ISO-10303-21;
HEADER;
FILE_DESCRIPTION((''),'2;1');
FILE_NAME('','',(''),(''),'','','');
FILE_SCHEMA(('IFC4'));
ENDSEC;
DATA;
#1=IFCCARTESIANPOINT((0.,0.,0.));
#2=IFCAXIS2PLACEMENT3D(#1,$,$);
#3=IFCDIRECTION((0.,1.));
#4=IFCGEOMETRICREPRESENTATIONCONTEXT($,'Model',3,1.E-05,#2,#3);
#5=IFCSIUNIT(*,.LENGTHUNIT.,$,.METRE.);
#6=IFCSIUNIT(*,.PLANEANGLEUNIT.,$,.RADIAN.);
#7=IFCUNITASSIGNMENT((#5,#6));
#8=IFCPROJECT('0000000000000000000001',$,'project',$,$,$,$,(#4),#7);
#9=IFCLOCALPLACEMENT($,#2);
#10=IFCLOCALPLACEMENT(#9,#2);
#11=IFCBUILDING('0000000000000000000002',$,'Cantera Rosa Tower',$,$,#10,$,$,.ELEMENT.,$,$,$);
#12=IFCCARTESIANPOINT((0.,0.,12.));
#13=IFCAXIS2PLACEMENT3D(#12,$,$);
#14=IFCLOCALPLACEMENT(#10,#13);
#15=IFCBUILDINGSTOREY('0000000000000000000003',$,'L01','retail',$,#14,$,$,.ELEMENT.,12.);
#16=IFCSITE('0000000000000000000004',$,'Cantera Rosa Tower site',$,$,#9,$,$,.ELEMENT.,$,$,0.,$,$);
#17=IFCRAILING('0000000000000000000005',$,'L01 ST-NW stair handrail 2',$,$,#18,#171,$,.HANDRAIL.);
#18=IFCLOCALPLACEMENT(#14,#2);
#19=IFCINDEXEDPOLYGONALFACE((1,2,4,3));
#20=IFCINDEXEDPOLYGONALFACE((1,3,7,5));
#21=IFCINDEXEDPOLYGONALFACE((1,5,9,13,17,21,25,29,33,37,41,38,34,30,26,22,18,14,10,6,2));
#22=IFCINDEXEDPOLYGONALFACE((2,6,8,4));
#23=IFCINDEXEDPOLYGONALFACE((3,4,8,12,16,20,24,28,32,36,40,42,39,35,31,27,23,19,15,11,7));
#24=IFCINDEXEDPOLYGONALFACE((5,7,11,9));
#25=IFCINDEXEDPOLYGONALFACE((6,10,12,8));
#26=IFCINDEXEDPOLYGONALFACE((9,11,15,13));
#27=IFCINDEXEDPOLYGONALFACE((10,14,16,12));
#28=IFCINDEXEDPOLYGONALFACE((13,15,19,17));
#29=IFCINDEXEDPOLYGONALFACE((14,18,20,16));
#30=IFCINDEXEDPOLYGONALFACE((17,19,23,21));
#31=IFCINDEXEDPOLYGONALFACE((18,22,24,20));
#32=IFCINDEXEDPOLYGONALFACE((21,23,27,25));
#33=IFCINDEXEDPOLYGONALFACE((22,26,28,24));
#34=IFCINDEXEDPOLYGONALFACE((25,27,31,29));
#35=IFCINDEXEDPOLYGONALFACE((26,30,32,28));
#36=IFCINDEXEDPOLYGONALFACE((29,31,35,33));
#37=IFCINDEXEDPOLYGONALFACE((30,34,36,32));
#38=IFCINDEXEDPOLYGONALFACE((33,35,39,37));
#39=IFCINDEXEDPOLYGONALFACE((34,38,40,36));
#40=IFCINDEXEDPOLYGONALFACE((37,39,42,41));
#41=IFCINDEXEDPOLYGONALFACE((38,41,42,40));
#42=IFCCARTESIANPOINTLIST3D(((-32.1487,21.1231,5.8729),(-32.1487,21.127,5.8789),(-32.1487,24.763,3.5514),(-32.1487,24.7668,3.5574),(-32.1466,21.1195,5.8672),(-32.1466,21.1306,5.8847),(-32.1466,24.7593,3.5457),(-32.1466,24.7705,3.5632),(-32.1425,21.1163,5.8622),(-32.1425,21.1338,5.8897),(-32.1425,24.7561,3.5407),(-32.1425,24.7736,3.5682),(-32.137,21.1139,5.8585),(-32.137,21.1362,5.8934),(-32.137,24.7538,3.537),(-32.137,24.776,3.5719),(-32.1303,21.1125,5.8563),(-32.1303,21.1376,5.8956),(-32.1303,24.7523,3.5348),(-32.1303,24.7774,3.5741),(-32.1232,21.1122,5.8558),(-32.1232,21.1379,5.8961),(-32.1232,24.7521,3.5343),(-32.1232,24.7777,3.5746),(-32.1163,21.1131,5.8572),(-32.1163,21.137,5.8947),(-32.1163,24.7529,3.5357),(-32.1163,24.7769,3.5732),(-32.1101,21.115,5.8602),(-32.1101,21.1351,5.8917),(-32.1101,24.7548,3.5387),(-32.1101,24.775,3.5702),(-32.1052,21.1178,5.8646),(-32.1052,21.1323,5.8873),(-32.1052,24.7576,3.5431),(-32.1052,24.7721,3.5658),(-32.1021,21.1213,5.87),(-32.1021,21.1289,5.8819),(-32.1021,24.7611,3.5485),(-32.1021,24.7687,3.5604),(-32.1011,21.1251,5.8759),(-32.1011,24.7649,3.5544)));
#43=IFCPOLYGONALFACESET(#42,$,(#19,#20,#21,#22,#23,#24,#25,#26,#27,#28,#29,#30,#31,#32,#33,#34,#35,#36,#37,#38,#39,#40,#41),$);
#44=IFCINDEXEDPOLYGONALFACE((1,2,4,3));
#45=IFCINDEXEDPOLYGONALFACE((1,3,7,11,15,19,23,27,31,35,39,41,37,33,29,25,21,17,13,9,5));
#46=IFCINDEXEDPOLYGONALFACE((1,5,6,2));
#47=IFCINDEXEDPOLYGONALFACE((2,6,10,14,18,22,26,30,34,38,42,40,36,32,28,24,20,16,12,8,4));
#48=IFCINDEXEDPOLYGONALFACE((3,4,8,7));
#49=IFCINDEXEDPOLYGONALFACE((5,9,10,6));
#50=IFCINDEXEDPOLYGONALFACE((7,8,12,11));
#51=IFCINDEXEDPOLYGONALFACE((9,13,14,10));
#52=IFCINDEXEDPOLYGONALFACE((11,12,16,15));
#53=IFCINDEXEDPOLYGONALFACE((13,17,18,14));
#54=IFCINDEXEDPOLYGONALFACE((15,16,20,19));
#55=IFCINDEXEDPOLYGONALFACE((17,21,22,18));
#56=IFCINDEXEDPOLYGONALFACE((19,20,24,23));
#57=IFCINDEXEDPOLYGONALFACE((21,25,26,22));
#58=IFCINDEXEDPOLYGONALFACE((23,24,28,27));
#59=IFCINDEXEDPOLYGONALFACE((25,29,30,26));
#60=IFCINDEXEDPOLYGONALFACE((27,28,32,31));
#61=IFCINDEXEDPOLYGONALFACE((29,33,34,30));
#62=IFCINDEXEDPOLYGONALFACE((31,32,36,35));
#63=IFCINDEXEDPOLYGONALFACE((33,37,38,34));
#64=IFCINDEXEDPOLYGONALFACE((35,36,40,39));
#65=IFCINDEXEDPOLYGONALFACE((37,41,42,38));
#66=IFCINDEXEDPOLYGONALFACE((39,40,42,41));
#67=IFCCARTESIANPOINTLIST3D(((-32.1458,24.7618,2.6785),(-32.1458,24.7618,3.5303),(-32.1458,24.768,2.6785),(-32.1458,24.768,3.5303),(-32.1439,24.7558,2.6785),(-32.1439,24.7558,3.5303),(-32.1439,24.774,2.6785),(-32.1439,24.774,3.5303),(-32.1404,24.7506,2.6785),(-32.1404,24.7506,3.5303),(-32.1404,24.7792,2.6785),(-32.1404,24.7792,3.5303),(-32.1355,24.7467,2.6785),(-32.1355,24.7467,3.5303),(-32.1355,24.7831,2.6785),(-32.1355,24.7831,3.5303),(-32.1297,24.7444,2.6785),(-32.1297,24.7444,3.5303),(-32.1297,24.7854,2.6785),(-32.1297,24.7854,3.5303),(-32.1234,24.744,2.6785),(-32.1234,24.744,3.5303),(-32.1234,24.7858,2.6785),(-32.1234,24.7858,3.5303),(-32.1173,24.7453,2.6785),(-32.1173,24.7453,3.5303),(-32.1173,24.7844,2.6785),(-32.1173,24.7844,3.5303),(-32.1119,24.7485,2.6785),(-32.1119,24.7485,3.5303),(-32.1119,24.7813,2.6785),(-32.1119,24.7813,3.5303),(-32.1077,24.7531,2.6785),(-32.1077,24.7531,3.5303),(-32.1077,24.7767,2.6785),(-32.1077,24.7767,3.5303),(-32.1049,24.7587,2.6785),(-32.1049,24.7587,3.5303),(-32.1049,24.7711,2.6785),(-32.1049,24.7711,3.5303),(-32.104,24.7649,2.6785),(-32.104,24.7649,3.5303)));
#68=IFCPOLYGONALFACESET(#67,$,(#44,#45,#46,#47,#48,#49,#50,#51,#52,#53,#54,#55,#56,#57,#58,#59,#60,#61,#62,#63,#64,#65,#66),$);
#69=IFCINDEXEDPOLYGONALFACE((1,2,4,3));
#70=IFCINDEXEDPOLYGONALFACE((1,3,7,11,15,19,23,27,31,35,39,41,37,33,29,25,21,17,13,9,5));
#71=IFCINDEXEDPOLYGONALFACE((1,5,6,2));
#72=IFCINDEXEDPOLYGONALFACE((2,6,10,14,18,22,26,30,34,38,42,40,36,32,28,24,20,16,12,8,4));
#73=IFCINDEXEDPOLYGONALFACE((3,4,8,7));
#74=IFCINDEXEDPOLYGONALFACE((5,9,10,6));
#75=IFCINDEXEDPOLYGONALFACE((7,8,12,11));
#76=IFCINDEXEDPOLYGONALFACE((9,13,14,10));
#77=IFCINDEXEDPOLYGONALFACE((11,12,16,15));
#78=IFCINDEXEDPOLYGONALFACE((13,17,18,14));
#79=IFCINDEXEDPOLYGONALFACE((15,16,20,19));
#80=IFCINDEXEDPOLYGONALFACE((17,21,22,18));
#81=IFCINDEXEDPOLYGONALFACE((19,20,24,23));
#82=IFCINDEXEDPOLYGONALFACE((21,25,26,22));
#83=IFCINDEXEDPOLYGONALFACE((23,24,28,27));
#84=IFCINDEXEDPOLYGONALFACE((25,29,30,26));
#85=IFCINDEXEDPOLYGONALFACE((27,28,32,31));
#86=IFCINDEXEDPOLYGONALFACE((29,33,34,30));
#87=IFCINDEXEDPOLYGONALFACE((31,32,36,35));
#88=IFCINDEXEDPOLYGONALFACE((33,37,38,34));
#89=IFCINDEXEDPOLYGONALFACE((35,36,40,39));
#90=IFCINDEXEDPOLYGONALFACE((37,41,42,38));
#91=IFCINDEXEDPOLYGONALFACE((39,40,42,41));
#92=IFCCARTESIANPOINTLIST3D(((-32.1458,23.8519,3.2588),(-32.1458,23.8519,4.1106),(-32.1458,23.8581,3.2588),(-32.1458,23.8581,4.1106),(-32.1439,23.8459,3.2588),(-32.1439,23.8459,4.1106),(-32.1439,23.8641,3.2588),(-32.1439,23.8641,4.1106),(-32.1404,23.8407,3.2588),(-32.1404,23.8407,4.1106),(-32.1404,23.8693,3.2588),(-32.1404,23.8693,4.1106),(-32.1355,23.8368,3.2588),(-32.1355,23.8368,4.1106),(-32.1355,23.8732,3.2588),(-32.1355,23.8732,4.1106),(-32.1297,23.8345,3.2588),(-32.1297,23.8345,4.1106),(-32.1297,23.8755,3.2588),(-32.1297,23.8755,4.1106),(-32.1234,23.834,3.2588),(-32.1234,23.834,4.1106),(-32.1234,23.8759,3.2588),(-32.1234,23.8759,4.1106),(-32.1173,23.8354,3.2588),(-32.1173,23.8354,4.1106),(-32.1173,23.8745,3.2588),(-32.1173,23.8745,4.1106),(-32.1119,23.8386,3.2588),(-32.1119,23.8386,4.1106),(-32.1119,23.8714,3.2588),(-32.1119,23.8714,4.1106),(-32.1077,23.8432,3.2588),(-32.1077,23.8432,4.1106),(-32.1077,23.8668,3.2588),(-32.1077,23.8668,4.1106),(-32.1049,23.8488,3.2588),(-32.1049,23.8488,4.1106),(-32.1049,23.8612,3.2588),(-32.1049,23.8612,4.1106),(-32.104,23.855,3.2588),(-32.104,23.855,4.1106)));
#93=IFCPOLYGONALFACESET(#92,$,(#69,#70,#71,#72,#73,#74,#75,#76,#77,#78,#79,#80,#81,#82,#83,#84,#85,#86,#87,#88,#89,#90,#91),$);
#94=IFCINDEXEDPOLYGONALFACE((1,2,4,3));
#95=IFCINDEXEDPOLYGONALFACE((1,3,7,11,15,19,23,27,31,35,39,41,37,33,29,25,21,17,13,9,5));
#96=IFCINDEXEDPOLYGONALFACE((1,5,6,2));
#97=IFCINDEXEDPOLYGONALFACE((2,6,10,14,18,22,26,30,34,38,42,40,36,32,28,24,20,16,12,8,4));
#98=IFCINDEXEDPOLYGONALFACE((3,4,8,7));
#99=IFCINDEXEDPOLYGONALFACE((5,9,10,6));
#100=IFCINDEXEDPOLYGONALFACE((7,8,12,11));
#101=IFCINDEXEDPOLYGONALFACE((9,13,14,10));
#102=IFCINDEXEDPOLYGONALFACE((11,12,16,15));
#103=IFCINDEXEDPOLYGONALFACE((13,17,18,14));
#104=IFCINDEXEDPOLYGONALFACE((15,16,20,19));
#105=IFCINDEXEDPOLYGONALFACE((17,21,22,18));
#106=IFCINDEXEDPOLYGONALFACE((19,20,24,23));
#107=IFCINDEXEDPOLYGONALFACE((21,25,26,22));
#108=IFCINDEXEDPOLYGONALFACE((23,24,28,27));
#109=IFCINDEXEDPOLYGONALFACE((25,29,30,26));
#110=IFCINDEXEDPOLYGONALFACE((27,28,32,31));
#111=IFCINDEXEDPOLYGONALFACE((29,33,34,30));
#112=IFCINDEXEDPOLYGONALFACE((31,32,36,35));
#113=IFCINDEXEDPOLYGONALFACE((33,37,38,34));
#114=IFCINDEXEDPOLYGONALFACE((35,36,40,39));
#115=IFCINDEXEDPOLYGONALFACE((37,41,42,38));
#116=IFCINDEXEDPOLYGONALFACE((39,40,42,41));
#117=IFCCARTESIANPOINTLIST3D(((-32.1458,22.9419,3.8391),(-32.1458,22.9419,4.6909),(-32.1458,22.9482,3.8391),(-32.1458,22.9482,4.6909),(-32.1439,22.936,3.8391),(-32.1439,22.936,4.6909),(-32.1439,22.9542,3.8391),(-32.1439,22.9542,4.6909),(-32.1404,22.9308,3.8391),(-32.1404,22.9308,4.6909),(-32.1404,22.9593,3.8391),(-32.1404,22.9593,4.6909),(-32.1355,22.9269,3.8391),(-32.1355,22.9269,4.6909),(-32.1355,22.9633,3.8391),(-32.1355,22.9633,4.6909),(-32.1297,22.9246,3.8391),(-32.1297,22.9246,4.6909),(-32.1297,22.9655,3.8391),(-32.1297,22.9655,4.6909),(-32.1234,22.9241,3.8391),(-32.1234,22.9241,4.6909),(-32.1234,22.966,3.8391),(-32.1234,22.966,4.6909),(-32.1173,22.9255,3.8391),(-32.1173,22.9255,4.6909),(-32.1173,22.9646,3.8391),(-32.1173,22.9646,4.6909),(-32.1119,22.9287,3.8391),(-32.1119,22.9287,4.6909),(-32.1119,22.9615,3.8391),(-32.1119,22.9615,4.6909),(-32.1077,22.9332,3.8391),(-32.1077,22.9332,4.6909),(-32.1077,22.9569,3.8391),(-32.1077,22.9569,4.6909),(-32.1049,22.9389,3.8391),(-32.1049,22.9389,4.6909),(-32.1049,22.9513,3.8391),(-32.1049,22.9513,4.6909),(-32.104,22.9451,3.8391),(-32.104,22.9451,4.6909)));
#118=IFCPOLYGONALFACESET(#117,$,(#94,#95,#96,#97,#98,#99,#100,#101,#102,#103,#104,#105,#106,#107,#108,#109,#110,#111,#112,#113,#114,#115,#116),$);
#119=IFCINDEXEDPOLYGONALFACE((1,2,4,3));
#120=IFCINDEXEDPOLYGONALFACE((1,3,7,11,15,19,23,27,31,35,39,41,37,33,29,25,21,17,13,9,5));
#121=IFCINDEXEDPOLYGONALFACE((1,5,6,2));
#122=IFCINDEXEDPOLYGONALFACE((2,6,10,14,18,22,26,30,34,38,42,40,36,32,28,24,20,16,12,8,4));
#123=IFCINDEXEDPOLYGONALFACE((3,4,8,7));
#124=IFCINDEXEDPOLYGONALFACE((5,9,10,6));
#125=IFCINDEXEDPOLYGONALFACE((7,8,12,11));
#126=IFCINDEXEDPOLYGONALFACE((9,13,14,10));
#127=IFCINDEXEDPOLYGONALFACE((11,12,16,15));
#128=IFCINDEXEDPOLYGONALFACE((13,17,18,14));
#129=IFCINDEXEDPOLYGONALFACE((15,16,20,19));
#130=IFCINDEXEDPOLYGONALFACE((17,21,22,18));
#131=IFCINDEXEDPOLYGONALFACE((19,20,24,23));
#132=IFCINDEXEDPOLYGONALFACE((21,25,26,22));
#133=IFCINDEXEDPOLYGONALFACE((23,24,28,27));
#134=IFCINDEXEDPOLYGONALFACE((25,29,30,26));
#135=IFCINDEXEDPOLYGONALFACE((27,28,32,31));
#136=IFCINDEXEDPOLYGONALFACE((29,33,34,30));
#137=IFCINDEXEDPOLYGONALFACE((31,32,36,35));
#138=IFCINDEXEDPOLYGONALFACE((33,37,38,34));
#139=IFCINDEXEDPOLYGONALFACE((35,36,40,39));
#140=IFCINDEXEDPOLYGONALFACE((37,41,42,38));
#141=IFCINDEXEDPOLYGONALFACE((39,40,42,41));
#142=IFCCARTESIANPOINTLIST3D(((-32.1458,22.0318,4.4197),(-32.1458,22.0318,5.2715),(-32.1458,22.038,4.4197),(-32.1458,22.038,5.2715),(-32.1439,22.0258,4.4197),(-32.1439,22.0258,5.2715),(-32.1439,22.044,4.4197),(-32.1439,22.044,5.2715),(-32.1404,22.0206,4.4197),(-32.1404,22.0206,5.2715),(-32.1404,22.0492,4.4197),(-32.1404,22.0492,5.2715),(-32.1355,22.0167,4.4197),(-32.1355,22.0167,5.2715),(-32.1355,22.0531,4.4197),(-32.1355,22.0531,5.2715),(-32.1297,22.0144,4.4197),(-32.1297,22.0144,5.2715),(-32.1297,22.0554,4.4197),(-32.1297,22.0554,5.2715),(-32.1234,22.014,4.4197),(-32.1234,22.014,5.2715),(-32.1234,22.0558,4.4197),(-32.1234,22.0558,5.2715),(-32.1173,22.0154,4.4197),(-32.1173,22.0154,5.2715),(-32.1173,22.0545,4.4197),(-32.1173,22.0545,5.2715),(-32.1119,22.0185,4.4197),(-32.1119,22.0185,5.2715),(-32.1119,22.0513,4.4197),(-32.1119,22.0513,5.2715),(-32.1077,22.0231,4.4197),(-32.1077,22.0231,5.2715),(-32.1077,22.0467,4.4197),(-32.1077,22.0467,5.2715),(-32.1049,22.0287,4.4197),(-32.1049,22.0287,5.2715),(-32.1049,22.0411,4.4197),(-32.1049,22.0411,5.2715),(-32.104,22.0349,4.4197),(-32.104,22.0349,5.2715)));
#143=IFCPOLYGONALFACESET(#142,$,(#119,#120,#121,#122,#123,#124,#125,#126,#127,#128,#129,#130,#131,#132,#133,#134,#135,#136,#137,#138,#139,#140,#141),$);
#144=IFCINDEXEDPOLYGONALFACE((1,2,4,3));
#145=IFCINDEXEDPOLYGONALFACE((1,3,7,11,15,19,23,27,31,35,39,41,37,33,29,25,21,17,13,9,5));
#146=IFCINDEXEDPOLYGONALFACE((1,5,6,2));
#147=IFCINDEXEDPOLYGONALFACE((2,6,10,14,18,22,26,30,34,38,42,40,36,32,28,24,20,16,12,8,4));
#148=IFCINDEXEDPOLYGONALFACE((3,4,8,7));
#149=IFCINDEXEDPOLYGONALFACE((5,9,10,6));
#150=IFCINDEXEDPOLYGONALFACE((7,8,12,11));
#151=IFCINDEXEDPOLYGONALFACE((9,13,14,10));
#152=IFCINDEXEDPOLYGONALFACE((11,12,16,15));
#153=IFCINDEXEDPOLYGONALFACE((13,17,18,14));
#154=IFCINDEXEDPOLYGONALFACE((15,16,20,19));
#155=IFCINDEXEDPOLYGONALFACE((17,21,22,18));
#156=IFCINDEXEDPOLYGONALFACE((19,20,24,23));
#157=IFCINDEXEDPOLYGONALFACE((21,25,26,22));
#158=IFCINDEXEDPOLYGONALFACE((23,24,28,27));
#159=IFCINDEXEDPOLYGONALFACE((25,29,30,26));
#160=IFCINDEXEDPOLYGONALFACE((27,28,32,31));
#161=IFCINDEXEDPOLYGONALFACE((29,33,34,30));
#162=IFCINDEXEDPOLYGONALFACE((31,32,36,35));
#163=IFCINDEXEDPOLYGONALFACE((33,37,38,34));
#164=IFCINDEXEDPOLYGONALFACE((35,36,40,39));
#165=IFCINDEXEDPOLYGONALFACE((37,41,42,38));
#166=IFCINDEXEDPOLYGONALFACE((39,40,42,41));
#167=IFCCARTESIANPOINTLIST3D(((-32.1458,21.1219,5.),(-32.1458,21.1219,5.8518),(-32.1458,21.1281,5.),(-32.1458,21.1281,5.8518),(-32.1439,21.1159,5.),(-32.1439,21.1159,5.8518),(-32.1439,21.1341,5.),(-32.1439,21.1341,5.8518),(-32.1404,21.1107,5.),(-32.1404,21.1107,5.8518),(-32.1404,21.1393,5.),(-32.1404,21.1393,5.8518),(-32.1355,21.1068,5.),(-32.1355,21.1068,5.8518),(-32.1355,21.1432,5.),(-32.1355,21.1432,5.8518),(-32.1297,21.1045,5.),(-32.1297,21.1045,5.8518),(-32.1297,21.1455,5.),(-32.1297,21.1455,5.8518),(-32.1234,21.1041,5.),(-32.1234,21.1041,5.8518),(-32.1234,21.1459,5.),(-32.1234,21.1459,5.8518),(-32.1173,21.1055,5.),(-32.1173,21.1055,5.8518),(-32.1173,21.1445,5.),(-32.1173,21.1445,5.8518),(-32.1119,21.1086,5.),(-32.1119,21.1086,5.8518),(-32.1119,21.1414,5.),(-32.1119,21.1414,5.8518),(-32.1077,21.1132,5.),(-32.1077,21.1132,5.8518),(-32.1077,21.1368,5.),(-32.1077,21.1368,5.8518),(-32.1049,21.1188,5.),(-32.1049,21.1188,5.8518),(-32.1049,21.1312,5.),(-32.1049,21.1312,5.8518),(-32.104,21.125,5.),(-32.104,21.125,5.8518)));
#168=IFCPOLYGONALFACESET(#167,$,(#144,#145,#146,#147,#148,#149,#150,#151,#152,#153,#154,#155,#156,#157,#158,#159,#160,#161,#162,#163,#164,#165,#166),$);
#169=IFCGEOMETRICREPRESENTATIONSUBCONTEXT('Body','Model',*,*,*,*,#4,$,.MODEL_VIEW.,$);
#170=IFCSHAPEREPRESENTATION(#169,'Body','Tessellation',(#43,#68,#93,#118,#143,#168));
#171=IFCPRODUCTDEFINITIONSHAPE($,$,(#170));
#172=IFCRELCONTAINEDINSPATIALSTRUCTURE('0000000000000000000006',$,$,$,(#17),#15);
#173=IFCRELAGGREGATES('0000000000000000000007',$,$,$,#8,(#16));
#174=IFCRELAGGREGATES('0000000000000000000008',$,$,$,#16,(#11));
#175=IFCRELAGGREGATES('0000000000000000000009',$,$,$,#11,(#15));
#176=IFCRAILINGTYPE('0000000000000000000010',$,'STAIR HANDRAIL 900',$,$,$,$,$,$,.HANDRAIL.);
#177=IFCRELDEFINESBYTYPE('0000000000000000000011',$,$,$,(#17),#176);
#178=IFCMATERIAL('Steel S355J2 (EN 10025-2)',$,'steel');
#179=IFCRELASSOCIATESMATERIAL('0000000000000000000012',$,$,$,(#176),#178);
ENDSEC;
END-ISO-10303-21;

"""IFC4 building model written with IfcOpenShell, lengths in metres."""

from ifc_helpers import new_model, si_unit, direction, frame, origin, origin_2d, place, context, subcontext, project, spatial, circle, extrude, material, type_object, element, save


model = new_model("IFC4")

# Units and contexts
model_context = context("Model", 3, precision=1e-05, world=origin(), true_north=direction((0.0, 1.0)))
body_context = subcontext(model_context, "Body", "Model", "MODEL_VIEW")
ifc_project = project(units=[si_unit("LENGTHUNIT", "METRE"), si_unit("PLANEANGLEUNIT", "RADIAN")], contexts=[model_context])

# Site, building, storey
site_placement = place(None, origin())
site = spatial("IfcSite", under=ifc_project, at=site_placement, Name="Cantera Rosa Tower site", CompositionType="ELEMENT", RefElevation=0.0)
building_placement = place(site_placement, origin())
building = spatial("IfcBuilding", under=site, at=building_placement, Name="Cantera Rosa Tower", CompositionType="ELEMENT")
storey_placement = place(building_placement, frame((0.0, 0.0, 12.0)))
storey = spatial("IfcBuildingStorey", under=building, at=storey_placement, Name="L01", Description="retail", CompositionType="ELEMENT", Elevation=12.0)

# Railing
ifc_material_1 = material(Name="Steel S355J2 (EN 10025-2)", Category="steel")
railing_type_1 = type_object("IfcRailingType", Name="STAIR HANDRAIL 900", PredefinedType="HANDRAIL", material=ifc_material_1)
railing_1_placement = place(storey_placement, frame((-32.125, 24.7649, 2.6785)))
element("IfcRailing", 1, at=railing_1_placement, inside=storey, type_object=railing_type_1, Name="L01 ST-NW stair handrail 2", PredefinedType="HANDRAIL", context=body_context, shape_type="SweptSolid", body=[
    extrude(circle(Radius=0.0239, at=origin_2d()), frame((0.0, 0.0, 0.876), z_axis=(0.0, -0.843112, 0.537739), x_axis=(1.0, 0.0, 0.0)), (0.0, 0.0, 1.0), 4.3171),
    extrude(circle(Radius=0.021, at=origin_2d()), origin(), (0.0, 0.0, 1.0), 0.8518),
    extrude(circle(Radius=0.021, at=origin_2d()), frame((0.0, -0.9099, 0.5803)), (0.0, 0.0, 1.0), 0.8518),
    extrude(circle(Radius=0.021, at=origin_2d()), frame((0.0, -1.8198, 1.1606)), (0.0, 0.0, 1.0), 0.8518),
    extrude(circle(Radius=0.021, at=origin_2d()), frame((0.0, -2.73, 1.7412)), (0.0, 0.0, 1.0), 0.8518),
    extrude(circle(Radius=0.021, at=origin_2d()), frame((0.0, -3.6399, 2.3215)), (0.0, 0.0, 1.0), 0.8518),
])

save(model, "model.ifc")
